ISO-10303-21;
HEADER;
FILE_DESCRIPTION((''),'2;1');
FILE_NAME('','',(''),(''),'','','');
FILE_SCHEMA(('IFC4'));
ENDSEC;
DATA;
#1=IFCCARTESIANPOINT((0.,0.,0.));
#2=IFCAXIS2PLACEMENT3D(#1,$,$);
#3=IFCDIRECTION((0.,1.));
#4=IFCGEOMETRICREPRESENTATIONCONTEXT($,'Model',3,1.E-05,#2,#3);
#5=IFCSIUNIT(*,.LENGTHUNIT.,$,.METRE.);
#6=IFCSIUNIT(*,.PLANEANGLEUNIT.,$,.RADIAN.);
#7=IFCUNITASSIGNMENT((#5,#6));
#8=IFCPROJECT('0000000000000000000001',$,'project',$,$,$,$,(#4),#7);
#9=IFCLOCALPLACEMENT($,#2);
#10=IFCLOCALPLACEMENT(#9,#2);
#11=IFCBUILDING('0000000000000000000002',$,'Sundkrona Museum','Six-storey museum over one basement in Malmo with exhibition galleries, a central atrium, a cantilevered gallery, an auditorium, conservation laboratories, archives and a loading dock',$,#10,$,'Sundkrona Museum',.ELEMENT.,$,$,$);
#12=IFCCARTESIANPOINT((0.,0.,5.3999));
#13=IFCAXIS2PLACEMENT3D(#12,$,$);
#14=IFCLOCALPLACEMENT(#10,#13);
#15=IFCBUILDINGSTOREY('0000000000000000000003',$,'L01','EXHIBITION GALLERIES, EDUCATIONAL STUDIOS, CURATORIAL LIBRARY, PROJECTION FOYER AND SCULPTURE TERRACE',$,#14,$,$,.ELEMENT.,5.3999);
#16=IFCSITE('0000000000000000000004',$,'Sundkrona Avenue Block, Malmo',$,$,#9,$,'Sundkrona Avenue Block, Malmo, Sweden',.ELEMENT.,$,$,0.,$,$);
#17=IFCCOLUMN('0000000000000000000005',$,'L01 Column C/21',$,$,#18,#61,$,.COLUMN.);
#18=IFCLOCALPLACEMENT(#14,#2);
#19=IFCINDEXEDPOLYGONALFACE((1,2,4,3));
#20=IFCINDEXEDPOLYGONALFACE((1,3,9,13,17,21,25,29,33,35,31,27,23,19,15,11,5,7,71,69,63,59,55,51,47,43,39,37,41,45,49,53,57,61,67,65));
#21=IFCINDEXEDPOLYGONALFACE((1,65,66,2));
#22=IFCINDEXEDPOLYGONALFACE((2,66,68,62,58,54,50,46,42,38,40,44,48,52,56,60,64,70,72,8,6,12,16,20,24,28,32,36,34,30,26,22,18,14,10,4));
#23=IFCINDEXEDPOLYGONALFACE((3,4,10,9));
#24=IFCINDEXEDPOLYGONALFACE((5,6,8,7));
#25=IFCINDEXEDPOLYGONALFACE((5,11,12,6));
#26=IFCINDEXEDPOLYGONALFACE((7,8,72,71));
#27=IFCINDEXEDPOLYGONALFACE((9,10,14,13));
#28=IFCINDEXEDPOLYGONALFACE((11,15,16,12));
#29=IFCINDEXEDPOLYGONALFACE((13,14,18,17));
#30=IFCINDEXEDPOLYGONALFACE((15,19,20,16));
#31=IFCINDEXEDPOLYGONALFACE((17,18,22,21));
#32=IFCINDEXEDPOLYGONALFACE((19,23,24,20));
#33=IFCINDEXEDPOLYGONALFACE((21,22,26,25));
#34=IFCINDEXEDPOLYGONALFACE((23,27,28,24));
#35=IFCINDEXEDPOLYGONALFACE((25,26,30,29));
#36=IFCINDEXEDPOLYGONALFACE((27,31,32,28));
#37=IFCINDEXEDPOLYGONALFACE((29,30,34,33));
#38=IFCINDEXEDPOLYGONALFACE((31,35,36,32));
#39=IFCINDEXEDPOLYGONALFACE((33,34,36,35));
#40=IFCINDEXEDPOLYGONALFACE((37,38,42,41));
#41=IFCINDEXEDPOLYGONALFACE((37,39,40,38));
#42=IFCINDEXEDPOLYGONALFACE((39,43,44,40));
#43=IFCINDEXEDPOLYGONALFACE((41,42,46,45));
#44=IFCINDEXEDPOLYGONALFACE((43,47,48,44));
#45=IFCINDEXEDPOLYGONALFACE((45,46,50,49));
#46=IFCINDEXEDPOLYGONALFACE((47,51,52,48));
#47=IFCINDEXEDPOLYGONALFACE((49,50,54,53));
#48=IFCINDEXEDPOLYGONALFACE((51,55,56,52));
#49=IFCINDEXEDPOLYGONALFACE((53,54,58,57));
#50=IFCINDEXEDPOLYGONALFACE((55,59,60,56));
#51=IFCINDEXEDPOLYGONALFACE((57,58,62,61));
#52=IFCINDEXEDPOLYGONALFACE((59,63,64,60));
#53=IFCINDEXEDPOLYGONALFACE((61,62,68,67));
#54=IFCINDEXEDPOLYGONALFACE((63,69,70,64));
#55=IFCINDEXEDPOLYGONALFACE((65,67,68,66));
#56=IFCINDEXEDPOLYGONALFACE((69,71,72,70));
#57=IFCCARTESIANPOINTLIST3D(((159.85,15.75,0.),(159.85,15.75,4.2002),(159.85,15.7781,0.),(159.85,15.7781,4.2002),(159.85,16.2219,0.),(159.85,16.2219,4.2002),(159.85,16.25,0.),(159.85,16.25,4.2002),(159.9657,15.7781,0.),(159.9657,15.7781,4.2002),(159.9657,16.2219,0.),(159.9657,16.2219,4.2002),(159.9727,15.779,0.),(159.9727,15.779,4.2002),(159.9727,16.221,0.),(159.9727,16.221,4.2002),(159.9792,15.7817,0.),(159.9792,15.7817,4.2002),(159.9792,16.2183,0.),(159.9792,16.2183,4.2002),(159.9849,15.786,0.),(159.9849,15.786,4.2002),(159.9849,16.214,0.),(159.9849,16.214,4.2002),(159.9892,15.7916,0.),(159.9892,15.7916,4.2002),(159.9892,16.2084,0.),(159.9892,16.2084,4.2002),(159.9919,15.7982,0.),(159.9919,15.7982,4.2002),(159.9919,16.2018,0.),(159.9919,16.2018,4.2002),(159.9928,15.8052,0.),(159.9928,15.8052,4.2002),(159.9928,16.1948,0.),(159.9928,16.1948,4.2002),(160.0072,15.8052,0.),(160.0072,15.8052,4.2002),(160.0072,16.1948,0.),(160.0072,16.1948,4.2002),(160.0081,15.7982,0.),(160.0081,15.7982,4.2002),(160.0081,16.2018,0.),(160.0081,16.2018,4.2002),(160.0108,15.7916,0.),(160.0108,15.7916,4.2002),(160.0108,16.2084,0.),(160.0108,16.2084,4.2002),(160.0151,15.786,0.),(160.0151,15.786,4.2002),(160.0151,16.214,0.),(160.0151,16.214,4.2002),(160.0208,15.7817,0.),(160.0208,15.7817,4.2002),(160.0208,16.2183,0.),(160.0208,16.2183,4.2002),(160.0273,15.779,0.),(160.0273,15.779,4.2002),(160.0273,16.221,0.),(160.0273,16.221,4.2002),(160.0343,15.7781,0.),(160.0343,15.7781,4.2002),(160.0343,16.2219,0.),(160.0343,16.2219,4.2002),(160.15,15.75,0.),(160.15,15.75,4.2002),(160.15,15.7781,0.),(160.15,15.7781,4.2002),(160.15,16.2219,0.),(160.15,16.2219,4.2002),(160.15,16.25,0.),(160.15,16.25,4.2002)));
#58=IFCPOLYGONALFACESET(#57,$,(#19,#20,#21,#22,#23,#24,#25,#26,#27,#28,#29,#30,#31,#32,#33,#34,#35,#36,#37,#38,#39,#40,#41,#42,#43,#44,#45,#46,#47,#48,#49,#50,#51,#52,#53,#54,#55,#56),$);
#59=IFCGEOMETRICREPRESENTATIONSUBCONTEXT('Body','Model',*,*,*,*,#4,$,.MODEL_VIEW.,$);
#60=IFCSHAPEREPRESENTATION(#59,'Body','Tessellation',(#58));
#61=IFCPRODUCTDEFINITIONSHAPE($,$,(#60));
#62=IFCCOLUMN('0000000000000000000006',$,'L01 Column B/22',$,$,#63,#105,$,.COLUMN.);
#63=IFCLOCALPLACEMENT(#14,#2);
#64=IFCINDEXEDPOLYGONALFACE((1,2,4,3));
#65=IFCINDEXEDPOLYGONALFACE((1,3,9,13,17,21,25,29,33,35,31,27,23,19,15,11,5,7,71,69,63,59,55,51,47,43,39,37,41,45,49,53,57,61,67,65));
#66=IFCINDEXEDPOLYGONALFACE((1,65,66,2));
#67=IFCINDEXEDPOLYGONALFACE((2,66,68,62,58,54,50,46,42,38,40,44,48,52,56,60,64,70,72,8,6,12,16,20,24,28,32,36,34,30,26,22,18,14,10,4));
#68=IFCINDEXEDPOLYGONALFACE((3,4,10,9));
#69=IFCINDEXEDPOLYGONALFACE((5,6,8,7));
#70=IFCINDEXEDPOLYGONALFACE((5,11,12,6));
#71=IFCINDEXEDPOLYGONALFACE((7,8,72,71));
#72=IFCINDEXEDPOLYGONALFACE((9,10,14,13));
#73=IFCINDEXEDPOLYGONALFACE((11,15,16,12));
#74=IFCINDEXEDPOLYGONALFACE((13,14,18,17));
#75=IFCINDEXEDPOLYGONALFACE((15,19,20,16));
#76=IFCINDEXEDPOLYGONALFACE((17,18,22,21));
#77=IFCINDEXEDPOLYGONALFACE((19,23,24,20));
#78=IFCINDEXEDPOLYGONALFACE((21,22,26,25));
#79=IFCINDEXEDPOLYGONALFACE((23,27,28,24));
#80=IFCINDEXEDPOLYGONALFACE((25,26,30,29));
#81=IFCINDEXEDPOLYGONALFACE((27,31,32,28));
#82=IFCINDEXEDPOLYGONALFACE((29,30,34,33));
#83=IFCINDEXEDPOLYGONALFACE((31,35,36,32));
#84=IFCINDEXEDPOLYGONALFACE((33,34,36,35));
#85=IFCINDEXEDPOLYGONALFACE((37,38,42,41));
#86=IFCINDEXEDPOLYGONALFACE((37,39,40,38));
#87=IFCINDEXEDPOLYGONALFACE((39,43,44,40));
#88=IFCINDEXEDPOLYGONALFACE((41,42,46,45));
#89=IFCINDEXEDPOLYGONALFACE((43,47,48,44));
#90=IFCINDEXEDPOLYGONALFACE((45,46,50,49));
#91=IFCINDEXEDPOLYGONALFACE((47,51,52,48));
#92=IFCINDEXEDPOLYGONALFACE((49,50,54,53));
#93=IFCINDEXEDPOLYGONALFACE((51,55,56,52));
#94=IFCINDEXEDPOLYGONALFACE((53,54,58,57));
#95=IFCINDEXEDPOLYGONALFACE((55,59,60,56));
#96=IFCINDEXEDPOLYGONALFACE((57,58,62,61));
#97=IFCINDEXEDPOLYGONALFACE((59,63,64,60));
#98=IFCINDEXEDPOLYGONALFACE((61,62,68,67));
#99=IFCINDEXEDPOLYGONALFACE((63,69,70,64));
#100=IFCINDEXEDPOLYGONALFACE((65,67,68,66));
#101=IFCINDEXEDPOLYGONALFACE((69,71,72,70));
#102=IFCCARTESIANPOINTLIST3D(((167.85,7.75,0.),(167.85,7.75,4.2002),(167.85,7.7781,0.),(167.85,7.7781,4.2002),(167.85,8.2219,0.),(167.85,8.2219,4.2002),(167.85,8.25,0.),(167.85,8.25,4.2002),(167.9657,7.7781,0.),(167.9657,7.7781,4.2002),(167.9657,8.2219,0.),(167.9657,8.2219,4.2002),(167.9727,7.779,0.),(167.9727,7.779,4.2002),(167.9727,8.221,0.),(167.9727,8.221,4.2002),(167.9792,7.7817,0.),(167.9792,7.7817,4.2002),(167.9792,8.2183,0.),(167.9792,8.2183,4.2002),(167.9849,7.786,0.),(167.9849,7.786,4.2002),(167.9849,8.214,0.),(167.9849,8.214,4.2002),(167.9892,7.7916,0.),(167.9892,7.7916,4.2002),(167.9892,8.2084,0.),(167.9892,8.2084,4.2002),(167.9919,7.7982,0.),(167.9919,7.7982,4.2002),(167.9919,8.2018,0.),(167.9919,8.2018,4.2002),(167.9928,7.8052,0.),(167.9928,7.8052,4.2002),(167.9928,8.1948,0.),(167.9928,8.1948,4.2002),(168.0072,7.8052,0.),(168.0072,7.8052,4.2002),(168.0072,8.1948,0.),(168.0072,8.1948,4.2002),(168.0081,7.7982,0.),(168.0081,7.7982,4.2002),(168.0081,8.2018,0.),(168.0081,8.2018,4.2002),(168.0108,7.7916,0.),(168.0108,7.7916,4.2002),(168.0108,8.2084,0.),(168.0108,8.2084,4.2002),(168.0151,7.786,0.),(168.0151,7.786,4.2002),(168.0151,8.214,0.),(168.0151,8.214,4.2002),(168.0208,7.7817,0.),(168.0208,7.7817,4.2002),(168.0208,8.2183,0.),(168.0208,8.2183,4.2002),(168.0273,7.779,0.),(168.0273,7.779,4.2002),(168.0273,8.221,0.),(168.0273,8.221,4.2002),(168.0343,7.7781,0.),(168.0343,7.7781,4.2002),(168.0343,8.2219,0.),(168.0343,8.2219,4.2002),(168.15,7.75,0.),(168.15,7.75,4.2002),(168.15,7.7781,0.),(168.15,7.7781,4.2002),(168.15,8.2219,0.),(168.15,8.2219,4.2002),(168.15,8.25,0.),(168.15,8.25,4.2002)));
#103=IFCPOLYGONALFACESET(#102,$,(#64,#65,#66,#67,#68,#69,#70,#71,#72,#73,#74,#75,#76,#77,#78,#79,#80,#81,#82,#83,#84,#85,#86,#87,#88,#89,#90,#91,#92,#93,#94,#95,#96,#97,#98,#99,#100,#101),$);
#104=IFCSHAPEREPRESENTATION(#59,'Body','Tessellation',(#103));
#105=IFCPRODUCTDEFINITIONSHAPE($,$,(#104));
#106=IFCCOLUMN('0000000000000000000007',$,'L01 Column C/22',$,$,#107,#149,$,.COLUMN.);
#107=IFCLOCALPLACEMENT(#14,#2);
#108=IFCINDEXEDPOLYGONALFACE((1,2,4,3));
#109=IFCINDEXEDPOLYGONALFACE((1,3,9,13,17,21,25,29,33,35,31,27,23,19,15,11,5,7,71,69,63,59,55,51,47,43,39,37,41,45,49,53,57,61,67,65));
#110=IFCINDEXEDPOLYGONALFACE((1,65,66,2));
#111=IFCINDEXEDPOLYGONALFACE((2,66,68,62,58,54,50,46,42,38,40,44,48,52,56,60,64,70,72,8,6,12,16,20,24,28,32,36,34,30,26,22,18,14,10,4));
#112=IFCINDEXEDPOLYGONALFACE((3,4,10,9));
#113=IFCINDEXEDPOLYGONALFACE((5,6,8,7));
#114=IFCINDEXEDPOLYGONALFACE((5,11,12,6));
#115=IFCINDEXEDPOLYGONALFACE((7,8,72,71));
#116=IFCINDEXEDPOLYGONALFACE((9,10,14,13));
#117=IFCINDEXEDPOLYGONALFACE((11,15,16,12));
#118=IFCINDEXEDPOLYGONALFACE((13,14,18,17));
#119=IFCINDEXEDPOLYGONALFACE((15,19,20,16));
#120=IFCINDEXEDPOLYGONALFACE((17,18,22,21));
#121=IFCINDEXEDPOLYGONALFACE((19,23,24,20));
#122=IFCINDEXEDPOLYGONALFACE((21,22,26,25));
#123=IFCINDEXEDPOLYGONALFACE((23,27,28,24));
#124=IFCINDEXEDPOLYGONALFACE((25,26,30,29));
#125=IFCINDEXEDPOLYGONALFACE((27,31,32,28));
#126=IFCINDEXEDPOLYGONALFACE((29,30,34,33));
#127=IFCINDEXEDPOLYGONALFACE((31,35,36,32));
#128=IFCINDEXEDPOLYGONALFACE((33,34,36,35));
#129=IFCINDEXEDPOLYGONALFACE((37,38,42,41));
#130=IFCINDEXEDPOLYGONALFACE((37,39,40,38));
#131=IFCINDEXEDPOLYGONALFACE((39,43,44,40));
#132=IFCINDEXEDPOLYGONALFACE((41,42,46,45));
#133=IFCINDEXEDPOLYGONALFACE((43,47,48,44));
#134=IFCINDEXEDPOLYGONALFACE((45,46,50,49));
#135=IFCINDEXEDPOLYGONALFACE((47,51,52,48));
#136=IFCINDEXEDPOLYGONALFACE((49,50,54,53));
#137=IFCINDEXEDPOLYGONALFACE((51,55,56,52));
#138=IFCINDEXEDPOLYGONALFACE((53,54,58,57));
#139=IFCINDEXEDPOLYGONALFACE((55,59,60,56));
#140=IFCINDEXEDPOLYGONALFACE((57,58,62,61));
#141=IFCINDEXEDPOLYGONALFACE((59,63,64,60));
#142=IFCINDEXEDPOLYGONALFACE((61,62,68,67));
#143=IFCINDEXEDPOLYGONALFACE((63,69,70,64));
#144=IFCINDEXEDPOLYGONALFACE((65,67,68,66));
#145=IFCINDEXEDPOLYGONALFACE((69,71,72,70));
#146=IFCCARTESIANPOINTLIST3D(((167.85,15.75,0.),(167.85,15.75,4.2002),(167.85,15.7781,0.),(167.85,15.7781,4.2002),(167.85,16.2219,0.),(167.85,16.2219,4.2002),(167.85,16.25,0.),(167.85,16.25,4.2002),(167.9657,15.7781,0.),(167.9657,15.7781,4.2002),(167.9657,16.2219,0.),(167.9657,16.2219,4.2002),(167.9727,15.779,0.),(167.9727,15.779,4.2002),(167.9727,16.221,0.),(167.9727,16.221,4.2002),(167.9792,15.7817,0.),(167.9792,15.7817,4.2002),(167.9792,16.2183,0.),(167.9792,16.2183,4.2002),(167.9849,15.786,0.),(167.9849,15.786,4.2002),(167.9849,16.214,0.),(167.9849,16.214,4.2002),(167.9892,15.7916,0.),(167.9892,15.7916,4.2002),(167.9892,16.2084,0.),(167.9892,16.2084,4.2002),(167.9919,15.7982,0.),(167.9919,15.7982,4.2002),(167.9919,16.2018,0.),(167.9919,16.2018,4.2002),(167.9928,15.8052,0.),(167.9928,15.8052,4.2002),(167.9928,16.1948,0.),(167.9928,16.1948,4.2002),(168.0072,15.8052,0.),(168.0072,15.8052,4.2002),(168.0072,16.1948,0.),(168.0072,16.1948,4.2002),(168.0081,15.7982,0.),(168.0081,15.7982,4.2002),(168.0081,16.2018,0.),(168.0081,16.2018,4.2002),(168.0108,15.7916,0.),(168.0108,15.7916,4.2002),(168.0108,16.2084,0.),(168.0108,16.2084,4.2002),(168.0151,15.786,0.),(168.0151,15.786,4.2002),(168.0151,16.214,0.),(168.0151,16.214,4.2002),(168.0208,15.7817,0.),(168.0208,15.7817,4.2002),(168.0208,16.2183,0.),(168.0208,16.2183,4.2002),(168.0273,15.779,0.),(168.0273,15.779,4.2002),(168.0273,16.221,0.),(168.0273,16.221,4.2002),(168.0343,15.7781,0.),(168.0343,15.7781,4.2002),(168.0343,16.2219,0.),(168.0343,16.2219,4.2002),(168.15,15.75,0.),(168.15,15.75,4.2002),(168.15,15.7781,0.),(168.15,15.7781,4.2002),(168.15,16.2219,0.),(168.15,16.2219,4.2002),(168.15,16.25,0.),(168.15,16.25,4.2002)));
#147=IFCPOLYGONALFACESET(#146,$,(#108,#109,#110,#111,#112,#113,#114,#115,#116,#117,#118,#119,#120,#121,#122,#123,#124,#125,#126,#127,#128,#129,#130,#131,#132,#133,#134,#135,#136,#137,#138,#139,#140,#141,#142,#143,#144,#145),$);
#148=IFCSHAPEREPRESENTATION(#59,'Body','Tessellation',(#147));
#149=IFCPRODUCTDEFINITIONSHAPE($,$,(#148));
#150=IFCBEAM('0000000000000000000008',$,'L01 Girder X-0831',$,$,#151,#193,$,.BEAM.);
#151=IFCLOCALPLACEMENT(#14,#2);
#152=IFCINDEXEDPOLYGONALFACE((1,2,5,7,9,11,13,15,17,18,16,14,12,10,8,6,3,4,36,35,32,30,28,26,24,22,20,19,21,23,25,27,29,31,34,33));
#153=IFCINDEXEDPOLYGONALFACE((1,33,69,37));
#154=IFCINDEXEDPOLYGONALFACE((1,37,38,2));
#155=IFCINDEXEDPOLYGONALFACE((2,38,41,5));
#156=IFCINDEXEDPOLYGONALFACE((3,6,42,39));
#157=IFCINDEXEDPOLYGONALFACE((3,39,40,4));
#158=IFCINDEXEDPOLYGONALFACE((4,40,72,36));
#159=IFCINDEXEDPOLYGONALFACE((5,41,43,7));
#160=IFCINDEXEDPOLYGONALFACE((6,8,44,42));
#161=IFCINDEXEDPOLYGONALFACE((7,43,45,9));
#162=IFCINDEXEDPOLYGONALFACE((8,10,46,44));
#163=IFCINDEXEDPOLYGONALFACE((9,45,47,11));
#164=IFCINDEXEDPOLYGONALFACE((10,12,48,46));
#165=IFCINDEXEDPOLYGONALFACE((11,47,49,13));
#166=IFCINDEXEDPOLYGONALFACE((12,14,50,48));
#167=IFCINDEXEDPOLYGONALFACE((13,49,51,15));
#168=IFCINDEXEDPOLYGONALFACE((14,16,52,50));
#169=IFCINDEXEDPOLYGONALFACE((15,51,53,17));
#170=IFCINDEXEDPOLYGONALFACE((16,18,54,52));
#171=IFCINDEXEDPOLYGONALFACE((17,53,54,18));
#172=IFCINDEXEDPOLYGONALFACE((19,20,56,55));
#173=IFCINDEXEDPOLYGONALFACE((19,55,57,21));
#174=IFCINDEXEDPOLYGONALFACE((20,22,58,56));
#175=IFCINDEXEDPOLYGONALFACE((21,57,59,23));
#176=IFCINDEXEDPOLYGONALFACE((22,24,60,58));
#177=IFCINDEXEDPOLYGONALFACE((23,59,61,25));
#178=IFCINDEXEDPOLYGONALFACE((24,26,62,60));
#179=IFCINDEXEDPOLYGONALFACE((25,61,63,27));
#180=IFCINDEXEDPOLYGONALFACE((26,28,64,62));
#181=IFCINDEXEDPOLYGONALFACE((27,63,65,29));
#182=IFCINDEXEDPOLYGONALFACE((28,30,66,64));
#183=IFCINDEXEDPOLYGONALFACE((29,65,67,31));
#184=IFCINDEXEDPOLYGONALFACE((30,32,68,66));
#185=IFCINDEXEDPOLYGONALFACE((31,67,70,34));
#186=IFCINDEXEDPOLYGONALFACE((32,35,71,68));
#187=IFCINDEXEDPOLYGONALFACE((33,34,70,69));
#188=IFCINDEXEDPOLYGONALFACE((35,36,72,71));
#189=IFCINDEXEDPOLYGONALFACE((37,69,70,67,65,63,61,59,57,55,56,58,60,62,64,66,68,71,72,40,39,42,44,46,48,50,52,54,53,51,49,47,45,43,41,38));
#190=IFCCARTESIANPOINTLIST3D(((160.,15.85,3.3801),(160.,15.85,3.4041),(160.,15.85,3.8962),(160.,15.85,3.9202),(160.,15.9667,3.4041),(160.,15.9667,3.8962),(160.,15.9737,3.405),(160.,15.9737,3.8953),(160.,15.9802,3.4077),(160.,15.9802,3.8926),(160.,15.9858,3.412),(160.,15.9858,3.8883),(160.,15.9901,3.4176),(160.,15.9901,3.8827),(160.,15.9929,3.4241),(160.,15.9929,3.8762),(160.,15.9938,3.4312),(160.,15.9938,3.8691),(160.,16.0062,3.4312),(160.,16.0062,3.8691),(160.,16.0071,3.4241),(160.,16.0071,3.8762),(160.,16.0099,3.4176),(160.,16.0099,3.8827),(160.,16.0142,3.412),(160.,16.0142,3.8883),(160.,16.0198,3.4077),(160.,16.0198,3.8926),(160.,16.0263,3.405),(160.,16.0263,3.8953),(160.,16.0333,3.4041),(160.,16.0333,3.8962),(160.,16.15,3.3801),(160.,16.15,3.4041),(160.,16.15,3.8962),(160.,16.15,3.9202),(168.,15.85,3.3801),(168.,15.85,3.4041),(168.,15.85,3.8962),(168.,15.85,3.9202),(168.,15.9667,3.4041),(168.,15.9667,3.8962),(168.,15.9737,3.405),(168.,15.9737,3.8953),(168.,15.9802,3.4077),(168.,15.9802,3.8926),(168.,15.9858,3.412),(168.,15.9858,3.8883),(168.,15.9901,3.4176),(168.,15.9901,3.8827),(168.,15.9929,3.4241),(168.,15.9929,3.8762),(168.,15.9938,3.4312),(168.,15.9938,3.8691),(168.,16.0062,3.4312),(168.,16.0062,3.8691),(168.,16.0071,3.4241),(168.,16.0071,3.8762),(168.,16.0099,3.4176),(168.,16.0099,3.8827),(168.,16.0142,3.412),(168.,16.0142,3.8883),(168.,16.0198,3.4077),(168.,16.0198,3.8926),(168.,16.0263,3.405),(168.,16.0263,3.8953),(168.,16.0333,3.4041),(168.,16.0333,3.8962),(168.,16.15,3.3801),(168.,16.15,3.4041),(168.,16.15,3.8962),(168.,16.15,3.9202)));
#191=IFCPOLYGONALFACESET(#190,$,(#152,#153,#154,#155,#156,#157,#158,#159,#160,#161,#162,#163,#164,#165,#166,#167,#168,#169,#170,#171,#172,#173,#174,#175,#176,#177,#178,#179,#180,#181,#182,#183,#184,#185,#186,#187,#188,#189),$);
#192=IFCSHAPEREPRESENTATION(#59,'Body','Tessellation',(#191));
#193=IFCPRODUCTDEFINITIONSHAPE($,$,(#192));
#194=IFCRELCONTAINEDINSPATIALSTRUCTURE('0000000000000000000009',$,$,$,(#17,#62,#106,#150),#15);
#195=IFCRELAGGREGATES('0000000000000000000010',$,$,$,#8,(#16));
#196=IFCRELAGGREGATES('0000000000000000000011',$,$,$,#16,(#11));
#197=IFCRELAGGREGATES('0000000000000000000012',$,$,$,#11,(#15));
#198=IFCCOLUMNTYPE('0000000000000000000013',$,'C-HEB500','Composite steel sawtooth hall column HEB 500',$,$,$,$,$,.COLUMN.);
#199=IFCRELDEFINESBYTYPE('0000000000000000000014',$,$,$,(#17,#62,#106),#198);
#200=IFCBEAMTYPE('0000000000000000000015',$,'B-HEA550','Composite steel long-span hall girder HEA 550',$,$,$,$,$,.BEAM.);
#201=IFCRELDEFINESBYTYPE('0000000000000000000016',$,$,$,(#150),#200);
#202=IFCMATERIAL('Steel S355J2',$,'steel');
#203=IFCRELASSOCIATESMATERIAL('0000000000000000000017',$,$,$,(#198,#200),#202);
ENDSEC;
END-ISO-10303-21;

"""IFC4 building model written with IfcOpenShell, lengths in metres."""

from ifc_helpers import new_model, si_unit, direction, frame, origin, origin_2d, place, context, subcontext, project, spatial, i_section, extrude, material, material_profile, profile_set, type_object, element, save


model = new_model("IFC4")

# Units and contexts
model_context = context("Model", 3, precision=1e-05, world=origin(), true_north=direction((0.0, 1.0)))
body_context = subcontext(model_context, "Body", "Model", "MODEL_VIEW")
ifc_project = project(units=[si_unit("LENGTHUNIT", "METRE"), si_unit("PLANEANGLEUNIT", "RADIAN")], contexts=[model_context])

# Site, building, storey
site_placement = place(None, origin())
site = spatial("IfcSite", under=ifc_project, at=site_placement, Name="Sundkrona Avenue Block, Malmo", LongName="Sundkrona Avenue Block, Malmo, Sweden", CompositionType="ELEMENT", RefElevation=0.0)
building_placement = place(site_placement, origin())
building = spatial("IfcBuilding", under=site, at=building_placement, Name="Sundkrona Museum", Description="Six-storey museum over one basement in Malmo with exhibition galleries, a central atrium, a cantilevered gallery, an auditorium, conservation laboratories, archives and a loading dock", LongName="Sundkrona Museum", CompositionType="ELEMENT")
storey_placement = place(building_placement, frame((0.0, 0.0, 5.3999)))
storey = spatial("IfcBuildingStorey", under=building, at=storey_placement, Name="L01", Description="EXHIBITION GALLERIES, EDUCATIONAL STUDIOS, CURATORIAL LIBRARY, PROJECTION FOYER AND SCULPTURE TERRACE", CompositionType="ELEMENT", Elevation=5.3999)

# Columns
ifc_material_1 = material(Name="Steel S355J2", Category="steel")
ifc_material_profile_1 = material_profile(ifc_material_1, i_section(OverallWidth=0.3, OverallDepth=0.5, WebThickness=0.0144, FlangeThickness=0.0281, FilletRadius=0.0271, at=origin_2d()), Name="HEB 500")
ifc_profile_set_1 = profile_set([ifc_material_profile_1], Name="Steel S355J2")
column_type = type_object("IfcColumnType", Name="C-HEB500", Description="Composite steel sawtooth hall column HEB 500", PredefinedType="COLUMN", material=ifc_profile_set_1)
for number, where, z_axis, x_axis, name in (
    (1, (160.0, 16.0, 0.0), (0.0, 0.0, 1.0), (1.0, 0.0, 0.0), "L01 Column C/21"),
    (2, (168.0, 8.0, 0.0), (0.0, 0.0, 1.0), (1.0, 0.0, 0.0), "L01 Column B/22"),
    (3, (168.0, 16.0, 0.0), (0.0, 0.0, 1.0), (1.0, 0.0, 0.0), "L01 Column C/22"),
):
    element("IfcColumn", number, at=place(storey_placement, frame(where, z_axis=z_axis, x_axis=x_axis)), inside=storey, type_object=column_type, Name=name, PredefinedType="COLUMN", context=body_context, shape_type="SweptSolid", body=[
        extrude(i_section(OverallWidth=0.3, OverallDepth=0.5, WebThickness=0.0144, FlangeThickness=0.0281, FilletRadius=0.0271, at=origin_2d()), origin(), (0.0, 0.0, 1.0), 4.2002),
    ])

# Beam
ifc_material_profile_2 = material_profile(ifc_material_1, i_section(OverallWidth=0.3, OverallDepth=0.54, WebThickness=0.0125, FlangeThickness=0.0239, FilletRadius=0.0271, at=origin_2d()), Name="HEA 550")
ifc_profile_set_2 = profile_set([ifc_material_profile_2], Name="Steel S355J2")
beam_type_1 = type_object("IfcBeamType", Name="B-HEA550", Description="Composite steel long-span hall girder HEA 550", PredefinedType="BEAM", material=ifc_profile_set_2)
for number, where, z_axis, x_axis, name in (
    (4, (160.0, 16.0, 3.6501), (1.0, 0.0, 0.0), (0.0, 1.0, 0.0), "L01 Girder X-0831"),
):
    element("IfcBeam", number, at=place(storey_placement, frame(where, z_axis=z_axis, x_axis=x_axis)), inside=storey, type_object=beam_type_1, Name=name, PredefinedType="BEAM", context=body_context, shape_type="SweptSolid", body=[
        extrude(i_section(OverallWidth=0.3, OverallDepth=0.54, WebThickness=0.0125, FlangeThickness=0.0239, FilletRadius=0.0271, at=origin_2d()), origin(), (0.0, 0.0, 1.0), 8.0),
    ])

save(model, "model.ifc")
